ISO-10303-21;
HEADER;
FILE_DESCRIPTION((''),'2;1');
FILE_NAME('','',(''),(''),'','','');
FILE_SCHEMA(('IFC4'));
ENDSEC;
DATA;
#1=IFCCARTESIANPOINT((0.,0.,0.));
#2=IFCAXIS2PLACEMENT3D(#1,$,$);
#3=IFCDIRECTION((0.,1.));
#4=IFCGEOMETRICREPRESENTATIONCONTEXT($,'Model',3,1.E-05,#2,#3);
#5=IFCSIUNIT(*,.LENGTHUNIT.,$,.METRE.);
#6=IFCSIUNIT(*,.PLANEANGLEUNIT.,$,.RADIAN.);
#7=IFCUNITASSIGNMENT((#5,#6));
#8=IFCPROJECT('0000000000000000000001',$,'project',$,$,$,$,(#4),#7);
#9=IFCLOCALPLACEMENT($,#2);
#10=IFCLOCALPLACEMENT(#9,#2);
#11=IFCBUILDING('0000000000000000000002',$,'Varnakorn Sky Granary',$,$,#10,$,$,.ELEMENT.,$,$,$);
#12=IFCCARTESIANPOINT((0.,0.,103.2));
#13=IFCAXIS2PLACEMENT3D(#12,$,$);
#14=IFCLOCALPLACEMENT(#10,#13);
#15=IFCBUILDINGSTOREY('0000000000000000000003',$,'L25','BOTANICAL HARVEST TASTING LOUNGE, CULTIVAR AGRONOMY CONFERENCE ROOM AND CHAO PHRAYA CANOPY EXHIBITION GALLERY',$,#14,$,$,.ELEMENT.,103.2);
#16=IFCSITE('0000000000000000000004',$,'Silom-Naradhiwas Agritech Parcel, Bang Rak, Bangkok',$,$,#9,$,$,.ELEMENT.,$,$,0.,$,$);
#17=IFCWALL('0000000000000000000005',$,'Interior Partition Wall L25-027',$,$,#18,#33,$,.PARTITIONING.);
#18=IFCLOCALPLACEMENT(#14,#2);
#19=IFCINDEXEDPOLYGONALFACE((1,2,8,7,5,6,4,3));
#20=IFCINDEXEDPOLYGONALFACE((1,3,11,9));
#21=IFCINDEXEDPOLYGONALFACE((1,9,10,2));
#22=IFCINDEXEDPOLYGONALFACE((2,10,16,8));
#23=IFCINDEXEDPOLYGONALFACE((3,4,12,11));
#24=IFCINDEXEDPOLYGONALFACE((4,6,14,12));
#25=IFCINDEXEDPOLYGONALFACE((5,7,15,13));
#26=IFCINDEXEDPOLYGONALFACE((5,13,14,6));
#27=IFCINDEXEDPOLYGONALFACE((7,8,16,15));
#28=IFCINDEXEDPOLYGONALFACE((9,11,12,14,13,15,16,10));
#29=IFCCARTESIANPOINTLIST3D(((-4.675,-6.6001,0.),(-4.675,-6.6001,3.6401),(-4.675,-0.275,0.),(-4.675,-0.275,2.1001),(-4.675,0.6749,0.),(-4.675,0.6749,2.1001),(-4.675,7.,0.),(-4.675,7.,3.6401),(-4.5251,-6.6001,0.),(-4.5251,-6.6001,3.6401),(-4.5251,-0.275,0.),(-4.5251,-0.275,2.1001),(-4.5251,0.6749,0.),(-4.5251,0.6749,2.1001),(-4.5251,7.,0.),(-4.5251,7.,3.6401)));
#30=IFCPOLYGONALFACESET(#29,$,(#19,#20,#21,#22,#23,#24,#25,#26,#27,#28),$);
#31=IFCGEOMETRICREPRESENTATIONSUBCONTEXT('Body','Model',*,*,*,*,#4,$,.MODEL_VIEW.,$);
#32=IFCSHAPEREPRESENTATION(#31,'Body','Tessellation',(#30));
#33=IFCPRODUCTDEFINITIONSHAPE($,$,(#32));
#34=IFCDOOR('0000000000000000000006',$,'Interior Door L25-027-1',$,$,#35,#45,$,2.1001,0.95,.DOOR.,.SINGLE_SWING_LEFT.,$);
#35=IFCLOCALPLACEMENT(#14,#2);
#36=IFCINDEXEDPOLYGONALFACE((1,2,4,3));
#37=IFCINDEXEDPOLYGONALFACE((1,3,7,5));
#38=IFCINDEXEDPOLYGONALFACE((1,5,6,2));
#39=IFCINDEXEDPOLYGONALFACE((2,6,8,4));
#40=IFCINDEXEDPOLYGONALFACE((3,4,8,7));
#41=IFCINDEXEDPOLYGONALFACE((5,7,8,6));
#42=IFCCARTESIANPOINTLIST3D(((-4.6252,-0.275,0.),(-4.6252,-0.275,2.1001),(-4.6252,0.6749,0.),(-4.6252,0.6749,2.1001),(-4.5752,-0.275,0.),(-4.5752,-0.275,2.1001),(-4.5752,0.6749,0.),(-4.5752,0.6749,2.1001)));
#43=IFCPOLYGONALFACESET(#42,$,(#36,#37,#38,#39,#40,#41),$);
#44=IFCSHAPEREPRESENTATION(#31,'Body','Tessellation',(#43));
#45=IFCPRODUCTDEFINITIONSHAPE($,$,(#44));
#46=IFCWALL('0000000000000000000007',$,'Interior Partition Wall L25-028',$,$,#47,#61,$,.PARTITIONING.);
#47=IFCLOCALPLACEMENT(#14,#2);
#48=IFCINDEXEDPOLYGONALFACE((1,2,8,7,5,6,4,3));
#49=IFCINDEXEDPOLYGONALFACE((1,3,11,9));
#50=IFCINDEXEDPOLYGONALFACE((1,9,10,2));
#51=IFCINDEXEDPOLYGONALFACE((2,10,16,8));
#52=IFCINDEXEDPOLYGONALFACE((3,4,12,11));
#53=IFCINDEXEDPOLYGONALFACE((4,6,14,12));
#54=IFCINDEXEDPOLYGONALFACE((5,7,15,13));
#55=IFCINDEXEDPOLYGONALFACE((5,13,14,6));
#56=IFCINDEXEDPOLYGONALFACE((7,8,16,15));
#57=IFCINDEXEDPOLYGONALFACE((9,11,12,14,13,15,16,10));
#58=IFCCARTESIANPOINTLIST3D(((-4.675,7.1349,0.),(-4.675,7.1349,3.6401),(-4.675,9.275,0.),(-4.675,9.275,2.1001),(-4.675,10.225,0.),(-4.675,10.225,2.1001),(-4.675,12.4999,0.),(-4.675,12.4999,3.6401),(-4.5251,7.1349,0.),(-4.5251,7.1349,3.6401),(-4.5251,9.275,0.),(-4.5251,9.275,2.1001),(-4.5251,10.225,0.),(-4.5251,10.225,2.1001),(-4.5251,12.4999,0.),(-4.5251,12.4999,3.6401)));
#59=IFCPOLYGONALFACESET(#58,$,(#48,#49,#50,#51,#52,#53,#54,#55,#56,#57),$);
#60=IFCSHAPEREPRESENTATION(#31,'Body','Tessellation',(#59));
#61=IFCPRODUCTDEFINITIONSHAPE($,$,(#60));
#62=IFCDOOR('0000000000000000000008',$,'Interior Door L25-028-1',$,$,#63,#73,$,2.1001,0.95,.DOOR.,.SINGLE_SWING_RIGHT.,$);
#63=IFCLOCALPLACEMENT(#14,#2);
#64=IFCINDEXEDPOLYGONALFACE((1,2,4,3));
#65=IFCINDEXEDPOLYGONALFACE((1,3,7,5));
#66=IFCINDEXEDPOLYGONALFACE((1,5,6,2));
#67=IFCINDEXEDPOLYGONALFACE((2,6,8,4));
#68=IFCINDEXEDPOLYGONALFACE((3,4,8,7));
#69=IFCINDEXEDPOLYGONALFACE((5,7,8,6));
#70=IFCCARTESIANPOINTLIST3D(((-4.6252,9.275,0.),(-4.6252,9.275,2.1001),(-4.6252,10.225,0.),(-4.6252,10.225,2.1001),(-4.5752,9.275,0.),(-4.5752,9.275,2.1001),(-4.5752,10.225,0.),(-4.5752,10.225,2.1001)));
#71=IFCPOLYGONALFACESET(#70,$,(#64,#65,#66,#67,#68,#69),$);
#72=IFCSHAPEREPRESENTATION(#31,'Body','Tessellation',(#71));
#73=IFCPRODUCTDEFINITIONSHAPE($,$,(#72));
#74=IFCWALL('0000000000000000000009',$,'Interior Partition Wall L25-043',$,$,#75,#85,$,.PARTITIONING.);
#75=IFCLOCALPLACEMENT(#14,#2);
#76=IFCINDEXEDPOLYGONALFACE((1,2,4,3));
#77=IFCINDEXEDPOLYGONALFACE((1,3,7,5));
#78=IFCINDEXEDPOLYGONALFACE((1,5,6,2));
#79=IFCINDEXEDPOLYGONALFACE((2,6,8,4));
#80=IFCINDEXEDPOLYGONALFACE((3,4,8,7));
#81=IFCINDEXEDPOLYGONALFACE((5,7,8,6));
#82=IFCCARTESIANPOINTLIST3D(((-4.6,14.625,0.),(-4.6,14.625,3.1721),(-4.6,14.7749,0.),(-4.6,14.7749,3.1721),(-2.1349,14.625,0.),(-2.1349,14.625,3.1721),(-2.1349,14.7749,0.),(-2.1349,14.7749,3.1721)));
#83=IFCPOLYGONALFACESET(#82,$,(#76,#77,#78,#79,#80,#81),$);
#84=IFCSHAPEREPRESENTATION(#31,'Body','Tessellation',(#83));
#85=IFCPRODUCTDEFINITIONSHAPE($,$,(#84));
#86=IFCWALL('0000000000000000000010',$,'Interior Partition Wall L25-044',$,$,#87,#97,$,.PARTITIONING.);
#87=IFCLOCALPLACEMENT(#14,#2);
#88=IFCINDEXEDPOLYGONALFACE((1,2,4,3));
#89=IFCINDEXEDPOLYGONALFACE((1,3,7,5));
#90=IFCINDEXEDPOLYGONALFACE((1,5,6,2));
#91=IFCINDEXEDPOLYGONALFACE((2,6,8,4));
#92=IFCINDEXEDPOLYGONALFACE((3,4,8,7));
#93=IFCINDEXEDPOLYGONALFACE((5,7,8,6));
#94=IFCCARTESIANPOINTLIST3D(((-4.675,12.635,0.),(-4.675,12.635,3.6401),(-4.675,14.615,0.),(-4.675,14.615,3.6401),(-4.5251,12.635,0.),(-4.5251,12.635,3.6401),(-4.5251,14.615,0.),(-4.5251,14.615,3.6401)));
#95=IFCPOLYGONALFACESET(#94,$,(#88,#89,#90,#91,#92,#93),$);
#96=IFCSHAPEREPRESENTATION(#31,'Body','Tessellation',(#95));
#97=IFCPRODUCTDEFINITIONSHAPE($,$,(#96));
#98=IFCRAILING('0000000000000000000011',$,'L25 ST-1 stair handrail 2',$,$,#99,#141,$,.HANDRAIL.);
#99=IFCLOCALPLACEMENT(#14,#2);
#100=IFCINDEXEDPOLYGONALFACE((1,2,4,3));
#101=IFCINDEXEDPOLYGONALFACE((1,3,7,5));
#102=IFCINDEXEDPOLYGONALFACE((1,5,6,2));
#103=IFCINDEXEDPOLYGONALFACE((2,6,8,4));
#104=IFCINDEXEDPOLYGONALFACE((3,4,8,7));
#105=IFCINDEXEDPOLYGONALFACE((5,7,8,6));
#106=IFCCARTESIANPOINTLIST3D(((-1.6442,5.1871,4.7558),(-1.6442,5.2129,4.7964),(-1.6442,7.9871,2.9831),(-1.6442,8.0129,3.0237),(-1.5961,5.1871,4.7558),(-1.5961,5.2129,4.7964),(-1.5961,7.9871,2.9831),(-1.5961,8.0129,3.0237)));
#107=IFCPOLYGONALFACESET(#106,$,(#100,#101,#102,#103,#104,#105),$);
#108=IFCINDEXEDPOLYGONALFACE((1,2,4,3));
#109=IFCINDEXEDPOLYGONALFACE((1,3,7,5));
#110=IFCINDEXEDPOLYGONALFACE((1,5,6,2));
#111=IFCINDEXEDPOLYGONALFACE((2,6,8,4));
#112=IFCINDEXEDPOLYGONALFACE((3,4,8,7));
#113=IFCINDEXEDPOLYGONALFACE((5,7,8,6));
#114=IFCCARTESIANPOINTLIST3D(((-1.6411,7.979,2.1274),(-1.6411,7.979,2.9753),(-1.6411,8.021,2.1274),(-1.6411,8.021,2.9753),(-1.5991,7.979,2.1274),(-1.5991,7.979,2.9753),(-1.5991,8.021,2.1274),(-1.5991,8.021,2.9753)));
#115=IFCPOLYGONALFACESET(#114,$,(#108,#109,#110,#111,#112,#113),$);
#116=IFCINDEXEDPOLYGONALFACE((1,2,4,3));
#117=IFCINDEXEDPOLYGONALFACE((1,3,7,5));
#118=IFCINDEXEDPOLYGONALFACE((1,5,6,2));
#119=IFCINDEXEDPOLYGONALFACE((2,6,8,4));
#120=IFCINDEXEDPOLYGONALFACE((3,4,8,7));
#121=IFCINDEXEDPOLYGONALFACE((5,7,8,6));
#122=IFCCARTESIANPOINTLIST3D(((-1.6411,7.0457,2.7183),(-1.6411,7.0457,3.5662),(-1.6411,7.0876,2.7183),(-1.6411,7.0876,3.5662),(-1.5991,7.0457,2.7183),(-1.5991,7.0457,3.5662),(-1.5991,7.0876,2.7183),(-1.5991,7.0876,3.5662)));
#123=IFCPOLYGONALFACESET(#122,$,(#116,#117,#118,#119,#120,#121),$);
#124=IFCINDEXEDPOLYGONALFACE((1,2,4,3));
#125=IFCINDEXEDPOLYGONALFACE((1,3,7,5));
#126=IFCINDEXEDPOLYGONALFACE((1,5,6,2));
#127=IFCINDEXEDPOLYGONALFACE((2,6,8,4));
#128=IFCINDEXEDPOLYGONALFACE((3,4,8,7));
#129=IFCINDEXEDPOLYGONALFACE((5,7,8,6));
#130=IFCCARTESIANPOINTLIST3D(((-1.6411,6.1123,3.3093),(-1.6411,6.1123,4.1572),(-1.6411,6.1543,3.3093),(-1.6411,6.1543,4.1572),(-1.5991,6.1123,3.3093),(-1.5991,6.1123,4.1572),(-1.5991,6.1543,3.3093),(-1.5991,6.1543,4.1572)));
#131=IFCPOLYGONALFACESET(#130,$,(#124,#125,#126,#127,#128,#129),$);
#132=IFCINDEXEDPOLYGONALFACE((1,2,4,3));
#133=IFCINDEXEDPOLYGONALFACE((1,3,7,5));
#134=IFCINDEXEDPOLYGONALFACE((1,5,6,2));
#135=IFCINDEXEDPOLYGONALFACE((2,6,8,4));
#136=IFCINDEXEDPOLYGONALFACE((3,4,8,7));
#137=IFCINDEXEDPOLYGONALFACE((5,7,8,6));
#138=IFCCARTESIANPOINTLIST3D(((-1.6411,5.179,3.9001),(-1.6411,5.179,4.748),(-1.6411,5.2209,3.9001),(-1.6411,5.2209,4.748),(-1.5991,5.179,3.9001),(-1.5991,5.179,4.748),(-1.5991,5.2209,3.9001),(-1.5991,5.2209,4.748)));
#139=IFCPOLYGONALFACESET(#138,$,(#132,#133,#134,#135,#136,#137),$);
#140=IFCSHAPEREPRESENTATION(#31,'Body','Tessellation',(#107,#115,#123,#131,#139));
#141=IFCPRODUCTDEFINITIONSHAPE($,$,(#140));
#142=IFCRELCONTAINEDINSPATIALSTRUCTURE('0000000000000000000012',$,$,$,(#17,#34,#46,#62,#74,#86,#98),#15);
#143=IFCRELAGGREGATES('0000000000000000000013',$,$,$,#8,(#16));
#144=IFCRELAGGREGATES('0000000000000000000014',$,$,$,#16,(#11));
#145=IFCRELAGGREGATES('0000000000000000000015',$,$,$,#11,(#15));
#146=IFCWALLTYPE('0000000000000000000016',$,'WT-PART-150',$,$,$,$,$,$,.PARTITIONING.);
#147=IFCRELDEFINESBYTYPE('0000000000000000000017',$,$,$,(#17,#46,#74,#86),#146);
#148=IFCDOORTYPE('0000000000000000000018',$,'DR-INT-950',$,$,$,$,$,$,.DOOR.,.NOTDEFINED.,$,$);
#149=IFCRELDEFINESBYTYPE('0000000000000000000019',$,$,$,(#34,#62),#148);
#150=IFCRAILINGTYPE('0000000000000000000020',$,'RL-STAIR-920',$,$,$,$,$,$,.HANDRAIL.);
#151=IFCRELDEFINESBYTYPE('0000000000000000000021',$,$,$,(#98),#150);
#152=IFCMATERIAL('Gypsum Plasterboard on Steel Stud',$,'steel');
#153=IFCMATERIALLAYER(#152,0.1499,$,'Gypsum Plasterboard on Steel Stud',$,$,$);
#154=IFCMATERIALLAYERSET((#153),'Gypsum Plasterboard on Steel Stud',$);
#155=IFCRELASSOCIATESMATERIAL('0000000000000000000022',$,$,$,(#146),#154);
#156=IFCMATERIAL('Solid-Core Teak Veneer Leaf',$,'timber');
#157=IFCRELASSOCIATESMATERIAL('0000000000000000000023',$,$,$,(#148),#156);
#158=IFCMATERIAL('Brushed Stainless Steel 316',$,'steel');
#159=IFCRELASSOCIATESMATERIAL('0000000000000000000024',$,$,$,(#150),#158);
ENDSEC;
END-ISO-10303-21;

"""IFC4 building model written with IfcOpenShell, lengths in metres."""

from ifc_helpers import new_model, si_unit, direction, frame, frame_2d, origin, origin_2d, place, context, subcontext, project, spatial, rectangle, extrude, material, layer, layer_set, type_object, element, fill, save


model = new_model("IFC4")

# Units and contexts
model_context = context("Model", 3, precision=1e-05, world=origin(), true_north=direction((0.0, 1.0)))
body_context = subcontext(model_context, "Body", "Model", "MODEL_VIEW")
ifc_project = project(units=[si_unit("LENGTHUNIT", "METRE"), si_unit("PLANEANGLEUNIT", "RADIAN")], contexts=[model_context])

# Site, building, storey
site_placement = place(None, origin())
site = spatial("IfcSite", under=ifc_project, at=site_placement, Name="Silom-Naradhiwas Agritech Parcel, Bang Rak, Bangkok", CompositionType="ELEMENT", RefElevation=0.0)
building_placement = place(site_placement, origin())
building = spatial("IfcBuilding", under=site, at=building_placement, Name="Varnakorn Sky Granary", CompositionType="ELEMENT")
storey_placement = place(building_placement, frame((0.0, 0.0, 103.2)))
storey = spatial("IfcBuildingStorey", under=building, at=storey_placement, Name="L25", Description="BOTANICAL HARVEST TASTING LOUNGE, CULTIVAR AGRONOMY CONFERENCE ROOM AND CHAO PHRAYA CANOPY EXHIBITION GALLERY", CompositionType="ELEMENT", Elevation=103.2)

# Walls, openings, doors
ifc_material_1 = material(Name="Gypsum Plasterboard on Steel Stud", Category="steel")
ifc_layer_1 = layer(ifc_material_1, 0.1499, Name="Gypsum Plasterboard on Steel Stud")
ifc_layer_set_1 = layer_set([ifc_layer_1], Name="Gypsum Plasterboard on Steel Stud")
wall_type_1 = type_object("IfcWallType", Name="WT-PART-150", PredefinedType="PARTITIONING", material=ifc_layer_set_1)
wall_1_placement = place(storey_placement, frame((-4.6001, 7.0, 0.0), z_axis=(0.0, 0.0, 1.0), x_axis=(0.0, -1.0, 0.0)))
wall_1 = element("IfcWall", 1, at=wall_1_placement, inside=storey, type_object=wall_type_1, Name="Interior Partition Wall L25-027", PredefinedType="PARTITIONING", context=body_context, shape_type="SweptSolid", body=[
    extrude(rectangle(XDim=13.6001, YDim=0.1499, at=frame_2d((6.8, 0.0))), origin(), (0.0, 0.0, 1.0), 3.6401),
])
opening_1_placement = place(wall_1_placement, frame((6.325, 0.0, 0.0)))
opening_1 = element("IfcOpeningElement", 2, at=opening_1_placement, cuts=wall_1, PredefinedType="OPENING", context=body_context, shape_type="SweptSolid", body=[
    extrude(rectangle(XDim=0.95, YDim=2.1001, at=frame_2d((0.4751, 1.05))), frame((0.0, 0.085, 0.0), z_axis=(0.0, -1.0, 0.0), x_axis=(1.0, 0.0, 0.0)), (0.0, 0.0, 1.0), 0.1699),
])
ifc_material_2 = material(Name="Solid-Core Teak Veneer Leaf", Category="timber")
door_type_1 = type_object("IfcDoorType", Name="DR-INT-950", OperationType="NOTDEFINED", PredefinedType="DOOR", material=ifc_material_2)
door_1_placement = place(opening_1_placement, origin())
door_1 = element("IfcDoor", 3, at=door_1_placement, inside=storey, type_object=door_type_1, Name="Interior Door L25-027-1", OperationType="SINGLE_SWING_LEFT", OverallHeight=2.1001, OverallWidth=0.95, PredefinedType="DOOR", context=body_context, shape_type="SweptSolid", body=[
    extrude(rectangle(XDim=0.95, YDim=2.1001, at=frame_2d((0.4751, 1.05))), frame((0.0, 0.0249, 0.0), z_axis=(0.0, -1.0, 0.0), x_axis=(1.0, 0.0, 0.0)), (0.0, 0.0, 1.0), 0.05),
])
fill(opening_1, door_1)
wall_2_placement = place(storey_placement, frame((-4.6001, 12.5, 0.0), z_axis=(0.0, 0.0, 1.0), x_axis=(0.0, -1.0, 0.0)))
wall_2 = element("IfcWall", 4, at=wall_2_placement, inside=storey, type_object=wall_type_1, Name="Interior Partition Wall L25-028", PredefinedType="PARTITIONING", context=body_context, shape_type="SweptSolid", body=[
    extrude(rectangle(XDim=5.365, YDim=0.1499, at=frame_2d((2.6826, 0.0))), origin(), (0.0, 0.0, 1.0), 3.6401),
])
opening_2_placement = place(wall_2_placement, frame((2.2749, 0.0, 0.0)))
opening_2 = element("IfcOpeningElement", 5, at=opening_2_placement, cuts=wall_2, PredefinedType="OPENING", context=body_context, shape_type="SweptSolid", body=[
    extrude(rectangle(XDim=0.95, YDim=2.1001, at=frame_2d((0.4751, 1.05))), frame((0.0, 0.085, 0.0), z_axis=(0.0, -1.0, 0.0), x_axis=(1.0, 0.0, 0.0)), (0.0, 0.0, 1.0), 0.1699),
])
door_2_placement = place(opening_2_placement, origin())
door_2 = element("IfcDoor", 6, at=door_2_placement, inside=storey, type_object=door_type_1, Name="Interior Door L25-028-1", OperationType="SINGLE_SWING_RIGHT", OverallHeight=2.1001, OverallWidth=0.95, PredefinedType="DOOR", context=body_context, shape_type="SweptSolid", body=[
    extrude(rectangle(XDim=0.95, YDim=2.1001, at=frame_2d((0.4751, 1.05))), frame((0.0, 0.0249, 0.0), z_axis=(0.0, -1.0, 0.0), x_axis=(1.0, 0.0, 0.0)), (0.0, 0.0, 1.0), 0.05),
])
fill(opening_2, door_2)

# Walls
wall_3_placement = place(storey_placement, frame((-2.135, 14.7, 0.0), z_axis=(0.0, 0.0, 1.0), x_axis=(-1.0, 0.0, 0.0)))
element("IfcWall", 7, at=wall_3_placement, inside=storey, type_object=wall_type_1, Name="Interior Partition Wall L25-043", PredefinedType="PARTITIONING", context=body_context, shape_type="SweptSolid", body=[
    extrude(rectangle(XDim=2.4651, YDim=0.1499, at=frame_2d((1.2324, 0.0))), origin(), (0.0, 0.0, 1.0), 3.1721),
])
wall_4_placement = place(storey_placement, frame((-4.6001, 14.615, 0.0), z_axis=(0.0, 0.0, 1.0), x_axis=(0.0, -1.0, 0.0)))
element("IfcWall", 8, at=wall_4_placement, inside=storey, type_object=wall_type_1, Name="Interior Partition Wall L25-044", PredefinedType="PARTITIONING", context=body_context, shape_type="SweptSolid", body=[
    extrude(rectangle(XDim=1.98, YDim=0.1499, at=frame_2d((0.99, 0.0))), origin(), (0.0, 0.0, 1.0), 3.6401),
])

# Railing
ifc_material_3 = material(Name="Brushed Stainless Steel 316", Category="steel")
railing_type = type_object("IfcRailingType", Name="RL-STAIR-920", PredefinedType="HANDRAIL", material=ifc_material_3)
railing_placement = place(storey_placement, frame((-1.6201, 8.0, 2.1274)))
element("IfcRailing", 9, at=railing_placement, inside=storey, type_object=railing_type, Name="L25 ST-1 stair handrail 2", PredefinedType="HANDRAIL", context=body_context, shape_type="SweptSolid", body=[
    extrude(rectangle(XDim=0.0481, YDim=0.0481, at=origin_2d()), frame((0.0, 0.0, 0.876), z_axis=(0.0, -0.844909, 0.53491), x_axis=(1.0, 0.0, 0.0)), (0.0, 0.0, 1.0), 3.314),
    extrude(rectangle(XDim=0.042, YDim=0.042, at=origin_2d()), origin(), (0.0, 0.0, 1.0), 0.8479),
    extrude(rectangle(XDim=0.042, YDim=0.042, at=origin_2d()), frame((0.0, -0.9333, 0.5908)), (0.0, 0.0, 1.0), 0.8479),
    extrude(rectangle(XDim=0.042, YDim=0.042, at=origin_2d()), frame((0.0, -1.8667, 1.1819)), (0.0, 0.0, 1.0), 0.8479),
    extrude(rectangle(XDim=0.042, YDim=0.042, at=origin_2d()), frame((0.0, -2.8, 1.7727)), (0.0, 0.0, 1.0), 0.8479),
])

save(model, "model.ifc")
